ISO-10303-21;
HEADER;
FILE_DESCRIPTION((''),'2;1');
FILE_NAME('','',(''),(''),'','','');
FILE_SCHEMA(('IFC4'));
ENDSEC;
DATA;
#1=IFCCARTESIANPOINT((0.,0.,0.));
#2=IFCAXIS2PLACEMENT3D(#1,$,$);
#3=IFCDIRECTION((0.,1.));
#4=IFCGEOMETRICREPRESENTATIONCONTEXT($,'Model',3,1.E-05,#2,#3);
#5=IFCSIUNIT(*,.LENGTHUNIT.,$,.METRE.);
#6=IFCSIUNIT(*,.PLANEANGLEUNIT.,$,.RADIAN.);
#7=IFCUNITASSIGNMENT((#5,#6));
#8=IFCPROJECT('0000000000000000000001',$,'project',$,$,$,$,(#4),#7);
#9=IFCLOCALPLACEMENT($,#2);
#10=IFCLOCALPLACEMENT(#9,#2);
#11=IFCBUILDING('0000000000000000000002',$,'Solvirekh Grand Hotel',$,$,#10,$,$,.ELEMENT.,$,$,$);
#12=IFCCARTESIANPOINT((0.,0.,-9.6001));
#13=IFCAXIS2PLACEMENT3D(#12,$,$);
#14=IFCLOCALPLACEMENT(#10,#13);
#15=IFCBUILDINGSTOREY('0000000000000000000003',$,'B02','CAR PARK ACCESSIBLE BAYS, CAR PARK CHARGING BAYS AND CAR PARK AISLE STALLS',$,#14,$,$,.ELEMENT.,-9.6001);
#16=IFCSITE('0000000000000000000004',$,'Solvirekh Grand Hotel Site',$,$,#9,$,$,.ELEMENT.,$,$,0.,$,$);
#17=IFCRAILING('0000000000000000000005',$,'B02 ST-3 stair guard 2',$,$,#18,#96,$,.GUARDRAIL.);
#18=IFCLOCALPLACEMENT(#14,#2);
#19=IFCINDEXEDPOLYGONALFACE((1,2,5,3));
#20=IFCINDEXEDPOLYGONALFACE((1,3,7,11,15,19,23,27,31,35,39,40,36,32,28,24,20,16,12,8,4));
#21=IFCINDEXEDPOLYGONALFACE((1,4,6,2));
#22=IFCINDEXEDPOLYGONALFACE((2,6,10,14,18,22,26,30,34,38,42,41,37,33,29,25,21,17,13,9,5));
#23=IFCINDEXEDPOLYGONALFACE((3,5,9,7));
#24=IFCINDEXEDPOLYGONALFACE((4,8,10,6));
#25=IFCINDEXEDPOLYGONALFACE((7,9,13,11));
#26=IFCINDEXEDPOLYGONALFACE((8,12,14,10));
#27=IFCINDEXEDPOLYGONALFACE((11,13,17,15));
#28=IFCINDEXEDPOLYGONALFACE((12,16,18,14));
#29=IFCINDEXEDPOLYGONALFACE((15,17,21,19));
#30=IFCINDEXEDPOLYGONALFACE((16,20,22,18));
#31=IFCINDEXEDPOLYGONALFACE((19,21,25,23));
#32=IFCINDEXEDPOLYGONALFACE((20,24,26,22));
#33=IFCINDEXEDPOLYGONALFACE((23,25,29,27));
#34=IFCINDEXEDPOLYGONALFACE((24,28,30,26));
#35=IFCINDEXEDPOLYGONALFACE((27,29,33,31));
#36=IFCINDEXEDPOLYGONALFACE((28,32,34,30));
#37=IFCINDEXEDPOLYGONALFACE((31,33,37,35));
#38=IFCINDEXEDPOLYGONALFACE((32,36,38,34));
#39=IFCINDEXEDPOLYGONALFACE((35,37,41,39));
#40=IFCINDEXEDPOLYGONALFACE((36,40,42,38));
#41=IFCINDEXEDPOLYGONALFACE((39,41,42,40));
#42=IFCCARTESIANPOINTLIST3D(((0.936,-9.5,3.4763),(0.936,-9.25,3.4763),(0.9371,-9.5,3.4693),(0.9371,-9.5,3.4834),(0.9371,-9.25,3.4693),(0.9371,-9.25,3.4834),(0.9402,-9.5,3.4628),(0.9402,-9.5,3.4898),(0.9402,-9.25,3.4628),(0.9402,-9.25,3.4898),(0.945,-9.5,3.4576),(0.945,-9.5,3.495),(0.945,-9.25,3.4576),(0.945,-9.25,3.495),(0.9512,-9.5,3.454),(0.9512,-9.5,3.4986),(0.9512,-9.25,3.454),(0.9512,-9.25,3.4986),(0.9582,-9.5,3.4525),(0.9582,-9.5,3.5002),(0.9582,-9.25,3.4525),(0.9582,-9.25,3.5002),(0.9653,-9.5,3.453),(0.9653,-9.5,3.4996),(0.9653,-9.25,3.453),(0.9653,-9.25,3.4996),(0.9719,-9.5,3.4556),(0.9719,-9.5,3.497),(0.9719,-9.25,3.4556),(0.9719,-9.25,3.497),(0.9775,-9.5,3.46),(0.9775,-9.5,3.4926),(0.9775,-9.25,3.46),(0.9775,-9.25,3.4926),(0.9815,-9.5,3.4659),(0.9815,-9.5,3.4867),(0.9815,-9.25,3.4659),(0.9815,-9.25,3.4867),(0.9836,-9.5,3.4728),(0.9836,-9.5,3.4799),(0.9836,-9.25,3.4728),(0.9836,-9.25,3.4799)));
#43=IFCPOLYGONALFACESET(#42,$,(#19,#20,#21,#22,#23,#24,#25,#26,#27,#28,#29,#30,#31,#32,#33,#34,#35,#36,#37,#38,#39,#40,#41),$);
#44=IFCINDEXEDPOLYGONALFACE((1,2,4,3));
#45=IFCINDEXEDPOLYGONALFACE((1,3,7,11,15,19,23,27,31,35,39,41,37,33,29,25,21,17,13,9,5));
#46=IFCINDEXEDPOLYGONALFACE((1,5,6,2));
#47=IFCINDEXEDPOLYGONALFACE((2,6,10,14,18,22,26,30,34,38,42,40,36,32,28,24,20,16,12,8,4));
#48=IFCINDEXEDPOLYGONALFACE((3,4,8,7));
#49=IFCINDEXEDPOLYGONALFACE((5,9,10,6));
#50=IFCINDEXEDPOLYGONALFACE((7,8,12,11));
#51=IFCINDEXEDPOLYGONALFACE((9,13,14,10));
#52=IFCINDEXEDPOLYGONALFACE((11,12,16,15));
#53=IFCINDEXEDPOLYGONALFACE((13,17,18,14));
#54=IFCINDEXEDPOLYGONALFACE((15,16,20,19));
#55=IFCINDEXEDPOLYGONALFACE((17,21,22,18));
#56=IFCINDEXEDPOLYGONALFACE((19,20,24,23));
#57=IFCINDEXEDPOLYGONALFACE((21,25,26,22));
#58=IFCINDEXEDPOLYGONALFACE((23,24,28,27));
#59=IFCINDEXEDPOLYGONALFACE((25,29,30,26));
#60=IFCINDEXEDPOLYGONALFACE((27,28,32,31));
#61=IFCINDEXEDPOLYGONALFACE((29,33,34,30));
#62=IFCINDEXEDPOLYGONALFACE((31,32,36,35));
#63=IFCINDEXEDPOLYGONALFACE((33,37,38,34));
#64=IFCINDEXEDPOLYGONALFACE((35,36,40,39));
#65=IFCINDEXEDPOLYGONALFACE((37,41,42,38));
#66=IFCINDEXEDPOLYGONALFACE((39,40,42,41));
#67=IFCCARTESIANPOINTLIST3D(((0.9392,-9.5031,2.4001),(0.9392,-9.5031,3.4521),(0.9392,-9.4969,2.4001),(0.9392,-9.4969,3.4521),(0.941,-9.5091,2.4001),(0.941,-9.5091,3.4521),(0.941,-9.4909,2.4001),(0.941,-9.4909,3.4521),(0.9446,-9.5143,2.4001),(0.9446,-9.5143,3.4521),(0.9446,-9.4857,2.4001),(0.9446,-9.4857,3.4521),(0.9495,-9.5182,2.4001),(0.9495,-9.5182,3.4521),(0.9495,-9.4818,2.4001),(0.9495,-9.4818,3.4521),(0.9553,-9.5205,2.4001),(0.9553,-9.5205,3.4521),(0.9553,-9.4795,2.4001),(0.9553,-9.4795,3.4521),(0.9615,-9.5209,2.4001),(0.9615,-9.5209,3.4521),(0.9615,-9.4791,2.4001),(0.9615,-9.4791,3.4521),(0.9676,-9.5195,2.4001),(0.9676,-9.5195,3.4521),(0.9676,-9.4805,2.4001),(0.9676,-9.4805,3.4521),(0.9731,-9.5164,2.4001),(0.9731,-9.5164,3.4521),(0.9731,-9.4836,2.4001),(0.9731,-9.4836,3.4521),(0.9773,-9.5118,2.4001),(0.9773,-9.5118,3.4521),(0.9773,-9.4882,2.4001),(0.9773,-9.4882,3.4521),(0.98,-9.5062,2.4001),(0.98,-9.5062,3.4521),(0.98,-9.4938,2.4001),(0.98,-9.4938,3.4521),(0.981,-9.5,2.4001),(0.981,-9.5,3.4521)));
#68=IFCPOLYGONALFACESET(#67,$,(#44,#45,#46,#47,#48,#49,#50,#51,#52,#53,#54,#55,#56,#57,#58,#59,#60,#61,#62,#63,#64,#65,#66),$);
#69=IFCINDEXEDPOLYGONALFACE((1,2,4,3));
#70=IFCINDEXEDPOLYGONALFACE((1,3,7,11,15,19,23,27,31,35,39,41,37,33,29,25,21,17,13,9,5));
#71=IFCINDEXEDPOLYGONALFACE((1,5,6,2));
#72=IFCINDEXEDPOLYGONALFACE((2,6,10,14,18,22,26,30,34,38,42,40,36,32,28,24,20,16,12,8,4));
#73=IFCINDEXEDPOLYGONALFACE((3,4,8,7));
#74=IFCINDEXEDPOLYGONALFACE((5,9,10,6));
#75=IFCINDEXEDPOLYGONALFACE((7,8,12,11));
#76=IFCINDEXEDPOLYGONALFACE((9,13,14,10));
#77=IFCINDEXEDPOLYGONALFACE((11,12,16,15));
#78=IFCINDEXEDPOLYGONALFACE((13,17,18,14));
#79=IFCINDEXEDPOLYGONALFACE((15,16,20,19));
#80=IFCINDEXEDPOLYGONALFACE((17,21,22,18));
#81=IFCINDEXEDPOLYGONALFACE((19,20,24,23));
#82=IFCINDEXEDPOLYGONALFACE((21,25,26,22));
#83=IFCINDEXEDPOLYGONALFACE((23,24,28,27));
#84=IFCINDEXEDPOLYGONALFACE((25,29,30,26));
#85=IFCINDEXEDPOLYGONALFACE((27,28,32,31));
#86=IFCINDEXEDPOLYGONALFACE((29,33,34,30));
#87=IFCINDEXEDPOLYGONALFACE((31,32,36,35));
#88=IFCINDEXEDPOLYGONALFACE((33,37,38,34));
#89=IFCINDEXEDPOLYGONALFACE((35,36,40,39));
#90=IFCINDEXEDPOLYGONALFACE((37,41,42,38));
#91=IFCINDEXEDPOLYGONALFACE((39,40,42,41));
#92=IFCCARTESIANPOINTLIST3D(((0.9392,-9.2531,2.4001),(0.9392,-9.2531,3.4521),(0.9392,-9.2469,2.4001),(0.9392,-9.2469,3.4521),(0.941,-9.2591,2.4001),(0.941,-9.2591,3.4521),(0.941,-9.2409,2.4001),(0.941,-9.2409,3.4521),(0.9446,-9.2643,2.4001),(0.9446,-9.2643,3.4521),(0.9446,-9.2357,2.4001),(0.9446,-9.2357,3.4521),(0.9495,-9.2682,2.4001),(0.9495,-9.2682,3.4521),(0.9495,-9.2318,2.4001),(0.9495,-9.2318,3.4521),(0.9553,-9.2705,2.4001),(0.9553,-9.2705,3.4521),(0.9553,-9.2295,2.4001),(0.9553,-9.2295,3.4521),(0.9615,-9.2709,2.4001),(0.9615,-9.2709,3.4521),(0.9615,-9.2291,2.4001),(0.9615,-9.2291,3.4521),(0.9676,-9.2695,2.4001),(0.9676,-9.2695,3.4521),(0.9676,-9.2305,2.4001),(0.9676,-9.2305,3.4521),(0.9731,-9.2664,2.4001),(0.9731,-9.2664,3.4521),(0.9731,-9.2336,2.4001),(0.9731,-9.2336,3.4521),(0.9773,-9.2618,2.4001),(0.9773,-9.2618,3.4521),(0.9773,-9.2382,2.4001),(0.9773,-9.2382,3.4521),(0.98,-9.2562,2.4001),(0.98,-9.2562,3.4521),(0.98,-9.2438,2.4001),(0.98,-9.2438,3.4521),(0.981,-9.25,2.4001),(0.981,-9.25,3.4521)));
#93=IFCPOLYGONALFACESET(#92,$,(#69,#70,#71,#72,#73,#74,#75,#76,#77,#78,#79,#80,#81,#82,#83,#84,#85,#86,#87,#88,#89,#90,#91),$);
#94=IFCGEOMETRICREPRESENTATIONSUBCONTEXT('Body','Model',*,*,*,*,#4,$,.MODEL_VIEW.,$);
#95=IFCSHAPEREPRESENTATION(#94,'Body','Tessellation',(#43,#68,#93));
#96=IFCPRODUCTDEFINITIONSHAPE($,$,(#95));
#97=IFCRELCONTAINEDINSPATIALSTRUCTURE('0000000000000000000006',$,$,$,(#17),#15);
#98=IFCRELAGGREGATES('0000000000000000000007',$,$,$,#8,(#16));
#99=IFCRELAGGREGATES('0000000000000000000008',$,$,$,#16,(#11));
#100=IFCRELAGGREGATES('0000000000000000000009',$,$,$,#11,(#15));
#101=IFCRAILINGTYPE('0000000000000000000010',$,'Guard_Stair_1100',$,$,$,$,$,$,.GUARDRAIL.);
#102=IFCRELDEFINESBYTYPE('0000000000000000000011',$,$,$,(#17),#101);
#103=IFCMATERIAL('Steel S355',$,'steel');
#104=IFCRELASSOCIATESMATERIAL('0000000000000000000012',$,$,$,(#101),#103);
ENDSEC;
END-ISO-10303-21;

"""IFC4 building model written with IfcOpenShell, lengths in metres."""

from ifc_helpers import new_model, si_unit, direction, frame, origin, origin_2d, place, context, subcontext, project, spatial, circle, extrude, material, type_object, element, save


model = new_model("IFC4")

# Units and contexts
model_context = context("Model", 3, precision=1e-05, world=origin(), true_north=direction((0.0, 1.0)))
body_context = subcontext(model_context, "Body", "Model", "MODEL_VIEW")
ifc_project = project(units=[si_unit("LENGTHUNIT", "METRE"), si_unit("PLANEANGLEUNIT", "RADIAN")], contexts=[model_context])

# Site, building, storey
site_placement = place(None, origin())
site = spatial("IfcSite", under=ifc_project, at=site_placement, Name="Solvirekh Grand Hotel Site", CompositionType="ELEMENT", RefElevation=0.0)
building_placement = place(site_placement, origin())
building = spatial("IfcBuilding", under=site, at=building_placement, Name="Solvirekh Grand Hotel", CompositionType="ELEMENT")
storey_placement = place(building_placement, frame((0.0, 0.0, -9.6001)))
storey = spatial("IfcBuildingStorey", under=building, at=storey_placement, Name="B02", Description="CAR PARK ACCESSIBLE BAYS, CAR PARK CHARGING BAYS AND CAR PARK AISLE STALLS", CompositionType="ELEMENT", Elevation=-9.6001)

# Shared definitions
ifc_material_1 = material(Name="Steel S355", Category="steel")

# Railing
railing_type_1 = type_object("IfcRailingType", Name="Guard_Stair_1100", PredefinedType="GUARDRAIL", material=ifc_material_1)
railing_1_placement = place(storey_placement, frame((0.96, -9.5, 2.4001)))
element("IfcRailing", 1, at=railing_1_placement, inside=storey, type_object=railing_type_1, Name="B02 ST-3 stair guard 2", PredefinedType="GUARDRAIL", context=body_context, shape_type="SweptSolid", body=[
    extrude(circle(Radius=0.0239, at=origin_2d()), frame((0.0, 0.0, 1.0762), z_axis=(0.0, 1.0, 0.0), x_axis=(-1.0, 0.0, 0.0)), (0.0, 0.0, 1.0), 0.25),
    extrude(circle(Radius=0.021, at=origin_2d()), origin(), (0.0, 0.0, 1.0), 1.052),
    extrude(circle(Radius=0.021, at=origin_2d()), frame((0.0, 0.25, 0.0)), (0.0, 0.0, 1.0), 1.052),
])

save(model, "model.ifc")
